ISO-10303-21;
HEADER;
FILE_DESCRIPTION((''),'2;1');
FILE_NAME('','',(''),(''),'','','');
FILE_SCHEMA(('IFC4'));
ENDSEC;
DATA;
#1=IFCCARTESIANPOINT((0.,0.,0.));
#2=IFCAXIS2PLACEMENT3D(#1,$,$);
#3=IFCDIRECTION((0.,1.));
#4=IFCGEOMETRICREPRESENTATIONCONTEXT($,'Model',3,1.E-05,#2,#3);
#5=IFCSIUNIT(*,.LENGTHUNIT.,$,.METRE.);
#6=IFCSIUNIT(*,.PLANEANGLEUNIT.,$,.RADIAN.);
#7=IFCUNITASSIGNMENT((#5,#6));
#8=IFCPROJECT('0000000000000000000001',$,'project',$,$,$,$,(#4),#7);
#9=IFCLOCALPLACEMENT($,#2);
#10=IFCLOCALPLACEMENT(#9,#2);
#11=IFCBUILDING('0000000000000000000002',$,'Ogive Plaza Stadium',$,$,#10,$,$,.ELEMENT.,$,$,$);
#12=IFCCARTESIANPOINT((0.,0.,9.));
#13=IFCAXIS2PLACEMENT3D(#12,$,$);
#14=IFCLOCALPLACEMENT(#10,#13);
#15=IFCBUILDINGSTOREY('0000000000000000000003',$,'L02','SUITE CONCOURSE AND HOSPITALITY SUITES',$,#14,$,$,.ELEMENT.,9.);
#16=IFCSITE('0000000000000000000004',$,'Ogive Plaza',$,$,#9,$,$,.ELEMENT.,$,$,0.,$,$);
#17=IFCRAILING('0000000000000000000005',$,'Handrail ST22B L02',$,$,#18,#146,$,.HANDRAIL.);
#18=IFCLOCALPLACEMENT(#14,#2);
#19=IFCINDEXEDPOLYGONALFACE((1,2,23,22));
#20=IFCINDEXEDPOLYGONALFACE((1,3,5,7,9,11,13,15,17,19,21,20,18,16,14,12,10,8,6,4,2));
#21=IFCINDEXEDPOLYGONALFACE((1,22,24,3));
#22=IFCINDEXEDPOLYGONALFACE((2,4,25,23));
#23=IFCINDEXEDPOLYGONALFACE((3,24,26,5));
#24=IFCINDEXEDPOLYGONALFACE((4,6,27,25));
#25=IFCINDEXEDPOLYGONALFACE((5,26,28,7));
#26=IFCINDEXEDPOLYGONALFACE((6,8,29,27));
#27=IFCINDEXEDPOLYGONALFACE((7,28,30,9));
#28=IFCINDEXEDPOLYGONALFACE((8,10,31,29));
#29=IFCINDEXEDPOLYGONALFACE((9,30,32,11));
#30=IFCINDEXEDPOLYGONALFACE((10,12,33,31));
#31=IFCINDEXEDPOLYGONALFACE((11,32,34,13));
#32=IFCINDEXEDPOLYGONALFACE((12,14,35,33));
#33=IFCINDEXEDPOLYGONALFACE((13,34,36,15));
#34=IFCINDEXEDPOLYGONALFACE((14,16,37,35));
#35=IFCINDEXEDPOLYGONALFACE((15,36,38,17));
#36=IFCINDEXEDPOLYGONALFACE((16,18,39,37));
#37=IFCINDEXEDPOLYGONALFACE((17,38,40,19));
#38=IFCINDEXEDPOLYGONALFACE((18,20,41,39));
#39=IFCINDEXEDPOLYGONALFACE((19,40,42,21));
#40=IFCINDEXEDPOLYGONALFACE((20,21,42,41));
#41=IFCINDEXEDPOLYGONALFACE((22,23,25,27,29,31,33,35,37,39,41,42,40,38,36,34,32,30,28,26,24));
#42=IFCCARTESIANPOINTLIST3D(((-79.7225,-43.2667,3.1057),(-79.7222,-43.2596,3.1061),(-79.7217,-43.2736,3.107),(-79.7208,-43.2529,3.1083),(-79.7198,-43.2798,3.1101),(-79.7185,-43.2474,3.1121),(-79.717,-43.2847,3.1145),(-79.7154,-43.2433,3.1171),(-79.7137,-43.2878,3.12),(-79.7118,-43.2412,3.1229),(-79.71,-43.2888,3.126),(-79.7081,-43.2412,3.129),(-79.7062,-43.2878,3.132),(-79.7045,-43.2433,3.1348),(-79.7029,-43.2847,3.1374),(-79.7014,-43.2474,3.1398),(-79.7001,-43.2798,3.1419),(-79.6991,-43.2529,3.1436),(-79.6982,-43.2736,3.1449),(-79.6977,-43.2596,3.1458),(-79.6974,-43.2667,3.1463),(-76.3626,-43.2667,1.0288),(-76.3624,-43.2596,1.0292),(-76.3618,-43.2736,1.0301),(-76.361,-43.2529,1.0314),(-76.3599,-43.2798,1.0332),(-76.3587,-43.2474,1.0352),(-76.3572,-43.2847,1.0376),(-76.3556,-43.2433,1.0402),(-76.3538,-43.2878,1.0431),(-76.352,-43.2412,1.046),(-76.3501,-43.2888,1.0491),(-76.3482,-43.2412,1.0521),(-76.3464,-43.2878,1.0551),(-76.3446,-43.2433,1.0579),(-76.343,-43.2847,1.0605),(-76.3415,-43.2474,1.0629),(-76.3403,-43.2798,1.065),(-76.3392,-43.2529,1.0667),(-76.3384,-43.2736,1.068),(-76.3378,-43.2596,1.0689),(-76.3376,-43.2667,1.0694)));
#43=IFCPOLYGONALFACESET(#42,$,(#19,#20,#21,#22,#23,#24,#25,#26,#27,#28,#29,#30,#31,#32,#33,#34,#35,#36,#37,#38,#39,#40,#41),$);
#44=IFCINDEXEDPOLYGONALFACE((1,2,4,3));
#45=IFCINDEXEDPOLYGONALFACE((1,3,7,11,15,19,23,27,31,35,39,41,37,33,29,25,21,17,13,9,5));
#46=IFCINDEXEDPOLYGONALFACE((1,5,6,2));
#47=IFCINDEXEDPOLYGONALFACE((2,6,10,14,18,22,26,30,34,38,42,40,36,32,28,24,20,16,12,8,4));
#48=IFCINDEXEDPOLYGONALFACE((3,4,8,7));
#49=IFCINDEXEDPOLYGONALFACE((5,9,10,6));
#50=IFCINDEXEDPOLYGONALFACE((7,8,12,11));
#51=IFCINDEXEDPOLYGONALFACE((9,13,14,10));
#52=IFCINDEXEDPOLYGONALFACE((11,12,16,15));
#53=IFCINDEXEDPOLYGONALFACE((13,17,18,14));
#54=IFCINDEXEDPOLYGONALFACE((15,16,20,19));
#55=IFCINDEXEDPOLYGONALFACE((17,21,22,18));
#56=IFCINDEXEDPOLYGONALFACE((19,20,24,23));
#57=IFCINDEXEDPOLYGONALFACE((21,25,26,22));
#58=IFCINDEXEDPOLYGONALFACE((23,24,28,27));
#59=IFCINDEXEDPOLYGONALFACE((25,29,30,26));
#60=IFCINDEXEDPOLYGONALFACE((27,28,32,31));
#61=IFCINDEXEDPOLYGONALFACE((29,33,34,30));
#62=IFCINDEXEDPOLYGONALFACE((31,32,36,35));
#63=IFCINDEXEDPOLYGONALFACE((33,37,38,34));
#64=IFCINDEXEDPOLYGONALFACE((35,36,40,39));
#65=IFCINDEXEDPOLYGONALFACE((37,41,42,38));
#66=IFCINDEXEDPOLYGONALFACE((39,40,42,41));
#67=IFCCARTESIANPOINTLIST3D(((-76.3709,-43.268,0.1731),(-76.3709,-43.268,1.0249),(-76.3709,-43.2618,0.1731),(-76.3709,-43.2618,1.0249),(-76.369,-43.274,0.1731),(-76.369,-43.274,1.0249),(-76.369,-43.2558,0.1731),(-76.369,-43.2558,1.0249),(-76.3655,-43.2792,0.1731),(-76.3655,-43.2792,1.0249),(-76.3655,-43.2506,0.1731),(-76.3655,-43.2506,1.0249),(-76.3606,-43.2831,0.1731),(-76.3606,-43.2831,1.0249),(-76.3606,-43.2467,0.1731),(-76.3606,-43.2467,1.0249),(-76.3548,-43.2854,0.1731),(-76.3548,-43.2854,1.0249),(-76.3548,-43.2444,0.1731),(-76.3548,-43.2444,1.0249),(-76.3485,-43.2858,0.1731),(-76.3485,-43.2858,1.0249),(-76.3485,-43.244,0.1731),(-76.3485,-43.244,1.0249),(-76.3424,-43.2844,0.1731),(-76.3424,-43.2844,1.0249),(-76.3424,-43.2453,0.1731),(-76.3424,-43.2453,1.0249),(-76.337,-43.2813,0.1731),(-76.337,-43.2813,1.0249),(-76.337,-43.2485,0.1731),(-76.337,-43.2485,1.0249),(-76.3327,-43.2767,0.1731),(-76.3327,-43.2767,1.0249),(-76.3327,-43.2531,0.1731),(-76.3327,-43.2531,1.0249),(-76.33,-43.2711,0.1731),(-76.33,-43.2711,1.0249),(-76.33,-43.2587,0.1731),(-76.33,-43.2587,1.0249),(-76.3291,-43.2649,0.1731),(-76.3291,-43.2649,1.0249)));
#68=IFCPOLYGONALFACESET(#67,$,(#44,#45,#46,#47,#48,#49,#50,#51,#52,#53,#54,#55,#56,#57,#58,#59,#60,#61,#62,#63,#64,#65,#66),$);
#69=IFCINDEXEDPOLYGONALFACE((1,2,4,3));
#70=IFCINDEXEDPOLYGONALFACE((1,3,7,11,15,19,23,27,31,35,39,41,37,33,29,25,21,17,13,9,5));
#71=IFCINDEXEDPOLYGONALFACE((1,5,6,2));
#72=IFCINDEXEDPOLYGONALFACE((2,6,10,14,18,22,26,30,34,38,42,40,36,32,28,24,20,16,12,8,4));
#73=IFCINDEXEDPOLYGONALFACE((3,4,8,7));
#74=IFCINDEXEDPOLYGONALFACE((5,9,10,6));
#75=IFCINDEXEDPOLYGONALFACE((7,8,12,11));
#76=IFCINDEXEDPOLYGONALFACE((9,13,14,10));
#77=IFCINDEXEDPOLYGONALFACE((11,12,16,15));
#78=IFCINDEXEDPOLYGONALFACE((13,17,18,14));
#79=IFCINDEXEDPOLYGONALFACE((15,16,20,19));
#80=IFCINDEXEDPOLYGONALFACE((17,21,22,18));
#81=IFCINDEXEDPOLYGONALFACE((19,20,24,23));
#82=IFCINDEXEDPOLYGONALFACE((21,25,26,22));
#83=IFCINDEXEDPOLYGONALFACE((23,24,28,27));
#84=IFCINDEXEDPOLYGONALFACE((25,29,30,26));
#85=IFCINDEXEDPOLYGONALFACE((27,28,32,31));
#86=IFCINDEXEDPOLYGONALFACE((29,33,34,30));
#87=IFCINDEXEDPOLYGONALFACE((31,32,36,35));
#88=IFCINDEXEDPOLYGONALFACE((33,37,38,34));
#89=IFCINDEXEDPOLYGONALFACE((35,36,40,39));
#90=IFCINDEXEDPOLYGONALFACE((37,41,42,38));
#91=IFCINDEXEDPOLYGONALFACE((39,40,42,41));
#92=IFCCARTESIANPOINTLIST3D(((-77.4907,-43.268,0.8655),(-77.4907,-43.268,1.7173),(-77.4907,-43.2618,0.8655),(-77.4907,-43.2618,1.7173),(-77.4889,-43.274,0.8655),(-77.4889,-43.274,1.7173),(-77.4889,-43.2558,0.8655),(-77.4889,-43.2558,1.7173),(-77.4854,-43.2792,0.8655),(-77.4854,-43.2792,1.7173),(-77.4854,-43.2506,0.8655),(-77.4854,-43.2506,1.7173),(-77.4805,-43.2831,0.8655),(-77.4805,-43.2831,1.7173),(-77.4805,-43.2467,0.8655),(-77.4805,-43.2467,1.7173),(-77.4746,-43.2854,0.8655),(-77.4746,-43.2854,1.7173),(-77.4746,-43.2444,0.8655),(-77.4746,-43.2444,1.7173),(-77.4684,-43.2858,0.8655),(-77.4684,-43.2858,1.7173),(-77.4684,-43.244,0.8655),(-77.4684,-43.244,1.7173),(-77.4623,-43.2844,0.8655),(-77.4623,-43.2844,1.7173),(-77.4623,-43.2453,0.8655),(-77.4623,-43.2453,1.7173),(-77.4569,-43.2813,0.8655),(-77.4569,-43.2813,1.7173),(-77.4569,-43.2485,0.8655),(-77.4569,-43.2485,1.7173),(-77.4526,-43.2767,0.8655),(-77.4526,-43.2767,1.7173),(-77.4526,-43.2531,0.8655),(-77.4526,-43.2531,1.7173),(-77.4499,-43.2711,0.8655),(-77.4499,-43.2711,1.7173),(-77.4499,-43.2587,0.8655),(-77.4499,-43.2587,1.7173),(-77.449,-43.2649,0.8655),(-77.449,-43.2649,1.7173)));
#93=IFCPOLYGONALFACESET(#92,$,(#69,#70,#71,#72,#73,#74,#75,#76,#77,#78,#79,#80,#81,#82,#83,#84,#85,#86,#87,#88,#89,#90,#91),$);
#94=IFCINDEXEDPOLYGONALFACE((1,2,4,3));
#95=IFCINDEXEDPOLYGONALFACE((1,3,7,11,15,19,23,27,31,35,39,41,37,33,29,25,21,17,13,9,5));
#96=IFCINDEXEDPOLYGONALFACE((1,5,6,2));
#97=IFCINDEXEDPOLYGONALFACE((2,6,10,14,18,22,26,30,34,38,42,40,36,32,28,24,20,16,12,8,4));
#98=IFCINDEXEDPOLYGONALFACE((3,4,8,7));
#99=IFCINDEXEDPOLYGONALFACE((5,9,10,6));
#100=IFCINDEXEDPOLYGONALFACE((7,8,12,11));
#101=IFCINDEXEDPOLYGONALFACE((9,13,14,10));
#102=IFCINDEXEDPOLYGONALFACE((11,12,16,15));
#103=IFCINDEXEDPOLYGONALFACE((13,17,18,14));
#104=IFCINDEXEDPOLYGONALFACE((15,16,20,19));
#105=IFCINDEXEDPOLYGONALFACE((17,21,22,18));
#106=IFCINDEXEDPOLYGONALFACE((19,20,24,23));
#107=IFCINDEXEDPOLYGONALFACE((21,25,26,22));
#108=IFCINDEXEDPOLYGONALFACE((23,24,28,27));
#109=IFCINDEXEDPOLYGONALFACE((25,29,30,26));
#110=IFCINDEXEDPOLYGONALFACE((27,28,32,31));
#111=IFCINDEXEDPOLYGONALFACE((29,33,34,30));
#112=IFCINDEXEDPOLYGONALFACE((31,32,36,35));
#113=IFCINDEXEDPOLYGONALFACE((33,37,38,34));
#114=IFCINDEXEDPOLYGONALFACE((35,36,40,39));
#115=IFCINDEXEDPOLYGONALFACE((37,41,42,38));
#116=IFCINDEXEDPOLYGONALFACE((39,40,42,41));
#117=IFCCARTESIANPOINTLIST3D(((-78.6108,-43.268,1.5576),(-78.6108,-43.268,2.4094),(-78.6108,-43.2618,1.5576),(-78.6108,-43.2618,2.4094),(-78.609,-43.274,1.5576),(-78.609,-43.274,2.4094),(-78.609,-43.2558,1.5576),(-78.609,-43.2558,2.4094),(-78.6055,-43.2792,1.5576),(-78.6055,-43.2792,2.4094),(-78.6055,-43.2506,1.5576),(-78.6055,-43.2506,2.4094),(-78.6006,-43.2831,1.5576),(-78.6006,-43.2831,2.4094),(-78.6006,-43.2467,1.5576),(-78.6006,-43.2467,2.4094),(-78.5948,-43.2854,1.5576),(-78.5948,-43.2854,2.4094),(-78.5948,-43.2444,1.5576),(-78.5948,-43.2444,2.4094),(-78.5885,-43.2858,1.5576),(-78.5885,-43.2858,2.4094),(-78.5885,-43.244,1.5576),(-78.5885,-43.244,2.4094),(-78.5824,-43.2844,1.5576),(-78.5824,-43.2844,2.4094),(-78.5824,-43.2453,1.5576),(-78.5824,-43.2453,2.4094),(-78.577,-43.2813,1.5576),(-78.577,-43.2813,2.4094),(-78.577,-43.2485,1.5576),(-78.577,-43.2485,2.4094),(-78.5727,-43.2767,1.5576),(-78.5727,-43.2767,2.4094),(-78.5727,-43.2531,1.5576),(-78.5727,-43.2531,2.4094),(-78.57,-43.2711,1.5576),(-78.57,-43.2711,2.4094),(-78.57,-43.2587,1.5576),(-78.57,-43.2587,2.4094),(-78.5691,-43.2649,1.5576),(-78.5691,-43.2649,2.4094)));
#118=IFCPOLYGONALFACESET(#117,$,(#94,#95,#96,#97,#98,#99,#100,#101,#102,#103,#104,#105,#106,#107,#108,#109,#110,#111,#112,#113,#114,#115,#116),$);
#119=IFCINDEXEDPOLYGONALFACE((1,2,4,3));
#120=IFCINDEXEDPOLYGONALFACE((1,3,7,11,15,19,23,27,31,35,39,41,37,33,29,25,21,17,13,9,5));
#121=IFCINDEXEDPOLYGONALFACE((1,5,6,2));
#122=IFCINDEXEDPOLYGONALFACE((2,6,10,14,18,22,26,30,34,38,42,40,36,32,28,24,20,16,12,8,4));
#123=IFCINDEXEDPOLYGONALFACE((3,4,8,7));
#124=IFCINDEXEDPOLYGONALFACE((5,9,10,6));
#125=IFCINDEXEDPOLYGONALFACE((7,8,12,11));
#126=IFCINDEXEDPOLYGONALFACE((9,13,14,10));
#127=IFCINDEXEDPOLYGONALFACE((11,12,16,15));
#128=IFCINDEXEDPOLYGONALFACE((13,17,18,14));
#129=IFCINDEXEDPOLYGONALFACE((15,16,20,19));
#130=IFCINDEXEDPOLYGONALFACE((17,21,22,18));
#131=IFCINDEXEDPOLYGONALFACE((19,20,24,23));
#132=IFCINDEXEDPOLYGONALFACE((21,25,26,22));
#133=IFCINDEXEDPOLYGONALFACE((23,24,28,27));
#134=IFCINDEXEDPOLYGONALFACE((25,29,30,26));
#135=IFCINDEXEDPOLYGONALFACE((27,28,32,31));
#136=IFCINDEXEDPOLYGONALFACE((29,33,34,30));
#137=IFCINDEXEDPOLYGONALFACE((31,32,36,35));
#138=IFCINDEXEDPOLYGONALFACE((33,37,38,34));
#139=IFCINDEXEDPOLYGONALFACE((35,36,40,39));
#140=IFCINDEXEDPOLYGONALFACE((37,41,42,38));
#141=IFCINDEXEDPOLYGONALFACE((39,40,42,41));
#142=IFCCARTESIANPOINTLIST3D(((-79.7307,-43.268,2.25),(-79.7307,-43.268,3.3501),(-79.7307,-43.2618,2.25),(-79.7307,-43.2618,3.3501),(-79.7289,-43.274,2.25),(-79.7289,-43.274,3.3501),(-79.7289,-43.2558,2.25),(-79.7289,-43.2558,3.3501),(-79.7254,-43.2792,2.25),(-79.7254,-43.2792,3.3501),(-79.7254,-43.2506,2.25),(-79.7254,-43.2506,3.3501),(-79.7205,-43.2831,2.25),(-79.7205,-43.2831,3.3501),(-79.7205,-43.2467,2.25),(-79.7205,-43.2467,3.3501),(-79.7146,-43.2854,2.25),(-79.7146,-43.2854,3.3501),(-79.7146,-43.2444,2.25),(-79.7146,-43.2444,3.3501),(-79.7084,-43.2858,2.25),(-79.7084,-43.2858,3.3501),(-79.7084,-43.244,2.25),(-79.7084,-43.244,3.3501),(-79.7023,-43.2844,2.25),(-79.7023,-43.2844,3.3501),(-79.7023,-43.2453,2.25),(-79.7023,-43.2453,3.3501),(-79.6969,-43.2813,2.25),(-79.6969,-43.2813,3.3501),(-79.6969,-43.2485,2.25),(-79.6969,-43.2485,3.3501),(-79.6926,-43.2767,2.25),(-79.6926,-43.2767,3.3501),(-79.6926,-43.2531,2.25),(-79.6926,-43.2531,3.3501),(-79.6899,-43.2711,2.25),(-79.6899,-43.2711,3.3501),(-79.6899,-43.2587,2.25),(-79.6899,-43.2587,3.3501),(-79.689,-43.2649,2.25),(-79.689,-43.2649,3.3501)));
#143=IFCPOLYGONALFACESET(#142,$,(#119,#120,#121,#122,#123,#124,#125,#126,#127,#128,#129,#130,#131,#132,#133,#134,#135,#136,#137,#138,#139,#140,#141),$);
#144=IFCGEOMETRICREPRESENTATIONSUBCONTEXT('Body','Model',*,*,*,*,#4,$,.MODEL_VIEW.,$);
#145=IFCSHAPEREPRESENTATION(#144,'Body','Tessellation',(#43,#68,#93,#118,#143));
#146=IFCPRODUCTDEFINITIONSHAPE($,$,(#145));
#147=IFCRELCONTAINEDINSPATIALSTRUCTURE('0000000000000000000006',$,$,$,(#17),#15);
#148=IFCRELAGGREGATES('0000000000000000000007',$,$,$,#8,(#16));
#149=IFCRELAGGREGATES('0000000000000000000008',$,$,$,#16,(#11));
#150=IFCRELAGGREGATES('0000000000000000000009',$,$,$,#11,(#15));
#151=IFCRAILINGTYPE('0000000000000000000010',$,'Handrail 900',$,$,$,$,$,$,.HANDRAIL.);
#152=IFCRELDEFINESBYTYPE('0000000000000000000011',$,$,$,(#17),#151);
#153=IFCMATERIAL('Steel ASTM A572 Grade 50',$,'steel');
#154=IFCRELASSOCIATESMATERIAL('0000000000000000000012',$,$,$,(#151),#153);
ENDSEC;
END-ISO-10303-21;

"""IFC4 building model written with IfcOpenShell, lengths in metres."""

from ifc_helpers import new_model, si_unit, direction, frame, origin, origin_2d, place, context, subcontext, project, spatial, circle, extrude, material, type_object, element, save


model = new_model("IFC4")

# Units and contexts
model_context = context("Model", 3, precision=1e-05, world=origin(), true_north=direction((0.0, 1.0)))
body_context = subcontext(model_context, "Body", "Model", "MODEL_VIEW")
ifc_project = project(units=[si_unit("LENGTHUNIT", "METRE"), si_unit("PLANEANGLEUNIT", "RADIAN")], contexts=[model_context])

# Site, building, storey
site_placement = place(None, origin())
site = spatial("IfcSite", under=ifc_project, at=site_placement, Name="Ogive Plaza", CompositionType="ELEMENT", RefElevation=0.0)
building_placement = place(site_placement, origin())
building = spatial("IfcBuilding", under=site, at=building_placement, Name="Ogive Plaza Stadium", CompositionType="ELEMENT")
storey_placement = place(building_placement, frame((0.0, 0.0, 9.0)))
storey = spatial("IfcBuildingStorey", under=building, at=storey_placement, Name="L02", Description="SUITE CONCOURSE AND HOSPITALITY SUITES", CompositionType="ELEMENT", Elevation=9.0)

# Railing
ifc_material_1 = material(Name="Steel ASTM A572 Grade 50", Category="steel")
railing_type_1 = type_object("IfcRailingType", Name="Handrail 900", PredefinedType="HANDRAIL", material=ifc_material_1)
for number, where, name in (
    (1, (-76.3501, -43.2649, 0.1731), "Handrail ST22B L02"),
):
    element("IfcRailing", number, at=place(storey_placement, frame(where)), inside=storey, type_object=railing_type_1, Name=name, PredefinedType="HANDRAIL", context=body_context, shape_type="SweptSolid", body=[
        extrude(circle(Radius=0.0239, at=origin_2d()), frame((0.0, 0.0, 0.876), z_axis=(-0.850606, 0.0, 0.525803), x_axis=(0.0, -1.0, 0.0)), (0.0, 0.0, 1.0), 3.95),
        extrude(circle(Radius=0.021, at=origin_2d()), origin(), (0.0, 0.0, 1.0), 0.8518),
        extrude(circle(Radius=0.021, at=origin_2d()), frame((-1.1199, 0.0, 0.6924)), (0.0, 0.0, 1.0), 0.8518),
        extrude(circle(Radius=0.021, at=origin_2d()), frame((-2.24, 0.0, 1.3845)), (0.0, 0.0, 1.0), 0.8518),
        extrude(circle(Radius=0.021, at=origin_2d()), frame((-3.3599, 0.0, 2.0769)), (0.0, 0.0, 1.0), 1.1001),
    ])

save(model, "model.ifc")
